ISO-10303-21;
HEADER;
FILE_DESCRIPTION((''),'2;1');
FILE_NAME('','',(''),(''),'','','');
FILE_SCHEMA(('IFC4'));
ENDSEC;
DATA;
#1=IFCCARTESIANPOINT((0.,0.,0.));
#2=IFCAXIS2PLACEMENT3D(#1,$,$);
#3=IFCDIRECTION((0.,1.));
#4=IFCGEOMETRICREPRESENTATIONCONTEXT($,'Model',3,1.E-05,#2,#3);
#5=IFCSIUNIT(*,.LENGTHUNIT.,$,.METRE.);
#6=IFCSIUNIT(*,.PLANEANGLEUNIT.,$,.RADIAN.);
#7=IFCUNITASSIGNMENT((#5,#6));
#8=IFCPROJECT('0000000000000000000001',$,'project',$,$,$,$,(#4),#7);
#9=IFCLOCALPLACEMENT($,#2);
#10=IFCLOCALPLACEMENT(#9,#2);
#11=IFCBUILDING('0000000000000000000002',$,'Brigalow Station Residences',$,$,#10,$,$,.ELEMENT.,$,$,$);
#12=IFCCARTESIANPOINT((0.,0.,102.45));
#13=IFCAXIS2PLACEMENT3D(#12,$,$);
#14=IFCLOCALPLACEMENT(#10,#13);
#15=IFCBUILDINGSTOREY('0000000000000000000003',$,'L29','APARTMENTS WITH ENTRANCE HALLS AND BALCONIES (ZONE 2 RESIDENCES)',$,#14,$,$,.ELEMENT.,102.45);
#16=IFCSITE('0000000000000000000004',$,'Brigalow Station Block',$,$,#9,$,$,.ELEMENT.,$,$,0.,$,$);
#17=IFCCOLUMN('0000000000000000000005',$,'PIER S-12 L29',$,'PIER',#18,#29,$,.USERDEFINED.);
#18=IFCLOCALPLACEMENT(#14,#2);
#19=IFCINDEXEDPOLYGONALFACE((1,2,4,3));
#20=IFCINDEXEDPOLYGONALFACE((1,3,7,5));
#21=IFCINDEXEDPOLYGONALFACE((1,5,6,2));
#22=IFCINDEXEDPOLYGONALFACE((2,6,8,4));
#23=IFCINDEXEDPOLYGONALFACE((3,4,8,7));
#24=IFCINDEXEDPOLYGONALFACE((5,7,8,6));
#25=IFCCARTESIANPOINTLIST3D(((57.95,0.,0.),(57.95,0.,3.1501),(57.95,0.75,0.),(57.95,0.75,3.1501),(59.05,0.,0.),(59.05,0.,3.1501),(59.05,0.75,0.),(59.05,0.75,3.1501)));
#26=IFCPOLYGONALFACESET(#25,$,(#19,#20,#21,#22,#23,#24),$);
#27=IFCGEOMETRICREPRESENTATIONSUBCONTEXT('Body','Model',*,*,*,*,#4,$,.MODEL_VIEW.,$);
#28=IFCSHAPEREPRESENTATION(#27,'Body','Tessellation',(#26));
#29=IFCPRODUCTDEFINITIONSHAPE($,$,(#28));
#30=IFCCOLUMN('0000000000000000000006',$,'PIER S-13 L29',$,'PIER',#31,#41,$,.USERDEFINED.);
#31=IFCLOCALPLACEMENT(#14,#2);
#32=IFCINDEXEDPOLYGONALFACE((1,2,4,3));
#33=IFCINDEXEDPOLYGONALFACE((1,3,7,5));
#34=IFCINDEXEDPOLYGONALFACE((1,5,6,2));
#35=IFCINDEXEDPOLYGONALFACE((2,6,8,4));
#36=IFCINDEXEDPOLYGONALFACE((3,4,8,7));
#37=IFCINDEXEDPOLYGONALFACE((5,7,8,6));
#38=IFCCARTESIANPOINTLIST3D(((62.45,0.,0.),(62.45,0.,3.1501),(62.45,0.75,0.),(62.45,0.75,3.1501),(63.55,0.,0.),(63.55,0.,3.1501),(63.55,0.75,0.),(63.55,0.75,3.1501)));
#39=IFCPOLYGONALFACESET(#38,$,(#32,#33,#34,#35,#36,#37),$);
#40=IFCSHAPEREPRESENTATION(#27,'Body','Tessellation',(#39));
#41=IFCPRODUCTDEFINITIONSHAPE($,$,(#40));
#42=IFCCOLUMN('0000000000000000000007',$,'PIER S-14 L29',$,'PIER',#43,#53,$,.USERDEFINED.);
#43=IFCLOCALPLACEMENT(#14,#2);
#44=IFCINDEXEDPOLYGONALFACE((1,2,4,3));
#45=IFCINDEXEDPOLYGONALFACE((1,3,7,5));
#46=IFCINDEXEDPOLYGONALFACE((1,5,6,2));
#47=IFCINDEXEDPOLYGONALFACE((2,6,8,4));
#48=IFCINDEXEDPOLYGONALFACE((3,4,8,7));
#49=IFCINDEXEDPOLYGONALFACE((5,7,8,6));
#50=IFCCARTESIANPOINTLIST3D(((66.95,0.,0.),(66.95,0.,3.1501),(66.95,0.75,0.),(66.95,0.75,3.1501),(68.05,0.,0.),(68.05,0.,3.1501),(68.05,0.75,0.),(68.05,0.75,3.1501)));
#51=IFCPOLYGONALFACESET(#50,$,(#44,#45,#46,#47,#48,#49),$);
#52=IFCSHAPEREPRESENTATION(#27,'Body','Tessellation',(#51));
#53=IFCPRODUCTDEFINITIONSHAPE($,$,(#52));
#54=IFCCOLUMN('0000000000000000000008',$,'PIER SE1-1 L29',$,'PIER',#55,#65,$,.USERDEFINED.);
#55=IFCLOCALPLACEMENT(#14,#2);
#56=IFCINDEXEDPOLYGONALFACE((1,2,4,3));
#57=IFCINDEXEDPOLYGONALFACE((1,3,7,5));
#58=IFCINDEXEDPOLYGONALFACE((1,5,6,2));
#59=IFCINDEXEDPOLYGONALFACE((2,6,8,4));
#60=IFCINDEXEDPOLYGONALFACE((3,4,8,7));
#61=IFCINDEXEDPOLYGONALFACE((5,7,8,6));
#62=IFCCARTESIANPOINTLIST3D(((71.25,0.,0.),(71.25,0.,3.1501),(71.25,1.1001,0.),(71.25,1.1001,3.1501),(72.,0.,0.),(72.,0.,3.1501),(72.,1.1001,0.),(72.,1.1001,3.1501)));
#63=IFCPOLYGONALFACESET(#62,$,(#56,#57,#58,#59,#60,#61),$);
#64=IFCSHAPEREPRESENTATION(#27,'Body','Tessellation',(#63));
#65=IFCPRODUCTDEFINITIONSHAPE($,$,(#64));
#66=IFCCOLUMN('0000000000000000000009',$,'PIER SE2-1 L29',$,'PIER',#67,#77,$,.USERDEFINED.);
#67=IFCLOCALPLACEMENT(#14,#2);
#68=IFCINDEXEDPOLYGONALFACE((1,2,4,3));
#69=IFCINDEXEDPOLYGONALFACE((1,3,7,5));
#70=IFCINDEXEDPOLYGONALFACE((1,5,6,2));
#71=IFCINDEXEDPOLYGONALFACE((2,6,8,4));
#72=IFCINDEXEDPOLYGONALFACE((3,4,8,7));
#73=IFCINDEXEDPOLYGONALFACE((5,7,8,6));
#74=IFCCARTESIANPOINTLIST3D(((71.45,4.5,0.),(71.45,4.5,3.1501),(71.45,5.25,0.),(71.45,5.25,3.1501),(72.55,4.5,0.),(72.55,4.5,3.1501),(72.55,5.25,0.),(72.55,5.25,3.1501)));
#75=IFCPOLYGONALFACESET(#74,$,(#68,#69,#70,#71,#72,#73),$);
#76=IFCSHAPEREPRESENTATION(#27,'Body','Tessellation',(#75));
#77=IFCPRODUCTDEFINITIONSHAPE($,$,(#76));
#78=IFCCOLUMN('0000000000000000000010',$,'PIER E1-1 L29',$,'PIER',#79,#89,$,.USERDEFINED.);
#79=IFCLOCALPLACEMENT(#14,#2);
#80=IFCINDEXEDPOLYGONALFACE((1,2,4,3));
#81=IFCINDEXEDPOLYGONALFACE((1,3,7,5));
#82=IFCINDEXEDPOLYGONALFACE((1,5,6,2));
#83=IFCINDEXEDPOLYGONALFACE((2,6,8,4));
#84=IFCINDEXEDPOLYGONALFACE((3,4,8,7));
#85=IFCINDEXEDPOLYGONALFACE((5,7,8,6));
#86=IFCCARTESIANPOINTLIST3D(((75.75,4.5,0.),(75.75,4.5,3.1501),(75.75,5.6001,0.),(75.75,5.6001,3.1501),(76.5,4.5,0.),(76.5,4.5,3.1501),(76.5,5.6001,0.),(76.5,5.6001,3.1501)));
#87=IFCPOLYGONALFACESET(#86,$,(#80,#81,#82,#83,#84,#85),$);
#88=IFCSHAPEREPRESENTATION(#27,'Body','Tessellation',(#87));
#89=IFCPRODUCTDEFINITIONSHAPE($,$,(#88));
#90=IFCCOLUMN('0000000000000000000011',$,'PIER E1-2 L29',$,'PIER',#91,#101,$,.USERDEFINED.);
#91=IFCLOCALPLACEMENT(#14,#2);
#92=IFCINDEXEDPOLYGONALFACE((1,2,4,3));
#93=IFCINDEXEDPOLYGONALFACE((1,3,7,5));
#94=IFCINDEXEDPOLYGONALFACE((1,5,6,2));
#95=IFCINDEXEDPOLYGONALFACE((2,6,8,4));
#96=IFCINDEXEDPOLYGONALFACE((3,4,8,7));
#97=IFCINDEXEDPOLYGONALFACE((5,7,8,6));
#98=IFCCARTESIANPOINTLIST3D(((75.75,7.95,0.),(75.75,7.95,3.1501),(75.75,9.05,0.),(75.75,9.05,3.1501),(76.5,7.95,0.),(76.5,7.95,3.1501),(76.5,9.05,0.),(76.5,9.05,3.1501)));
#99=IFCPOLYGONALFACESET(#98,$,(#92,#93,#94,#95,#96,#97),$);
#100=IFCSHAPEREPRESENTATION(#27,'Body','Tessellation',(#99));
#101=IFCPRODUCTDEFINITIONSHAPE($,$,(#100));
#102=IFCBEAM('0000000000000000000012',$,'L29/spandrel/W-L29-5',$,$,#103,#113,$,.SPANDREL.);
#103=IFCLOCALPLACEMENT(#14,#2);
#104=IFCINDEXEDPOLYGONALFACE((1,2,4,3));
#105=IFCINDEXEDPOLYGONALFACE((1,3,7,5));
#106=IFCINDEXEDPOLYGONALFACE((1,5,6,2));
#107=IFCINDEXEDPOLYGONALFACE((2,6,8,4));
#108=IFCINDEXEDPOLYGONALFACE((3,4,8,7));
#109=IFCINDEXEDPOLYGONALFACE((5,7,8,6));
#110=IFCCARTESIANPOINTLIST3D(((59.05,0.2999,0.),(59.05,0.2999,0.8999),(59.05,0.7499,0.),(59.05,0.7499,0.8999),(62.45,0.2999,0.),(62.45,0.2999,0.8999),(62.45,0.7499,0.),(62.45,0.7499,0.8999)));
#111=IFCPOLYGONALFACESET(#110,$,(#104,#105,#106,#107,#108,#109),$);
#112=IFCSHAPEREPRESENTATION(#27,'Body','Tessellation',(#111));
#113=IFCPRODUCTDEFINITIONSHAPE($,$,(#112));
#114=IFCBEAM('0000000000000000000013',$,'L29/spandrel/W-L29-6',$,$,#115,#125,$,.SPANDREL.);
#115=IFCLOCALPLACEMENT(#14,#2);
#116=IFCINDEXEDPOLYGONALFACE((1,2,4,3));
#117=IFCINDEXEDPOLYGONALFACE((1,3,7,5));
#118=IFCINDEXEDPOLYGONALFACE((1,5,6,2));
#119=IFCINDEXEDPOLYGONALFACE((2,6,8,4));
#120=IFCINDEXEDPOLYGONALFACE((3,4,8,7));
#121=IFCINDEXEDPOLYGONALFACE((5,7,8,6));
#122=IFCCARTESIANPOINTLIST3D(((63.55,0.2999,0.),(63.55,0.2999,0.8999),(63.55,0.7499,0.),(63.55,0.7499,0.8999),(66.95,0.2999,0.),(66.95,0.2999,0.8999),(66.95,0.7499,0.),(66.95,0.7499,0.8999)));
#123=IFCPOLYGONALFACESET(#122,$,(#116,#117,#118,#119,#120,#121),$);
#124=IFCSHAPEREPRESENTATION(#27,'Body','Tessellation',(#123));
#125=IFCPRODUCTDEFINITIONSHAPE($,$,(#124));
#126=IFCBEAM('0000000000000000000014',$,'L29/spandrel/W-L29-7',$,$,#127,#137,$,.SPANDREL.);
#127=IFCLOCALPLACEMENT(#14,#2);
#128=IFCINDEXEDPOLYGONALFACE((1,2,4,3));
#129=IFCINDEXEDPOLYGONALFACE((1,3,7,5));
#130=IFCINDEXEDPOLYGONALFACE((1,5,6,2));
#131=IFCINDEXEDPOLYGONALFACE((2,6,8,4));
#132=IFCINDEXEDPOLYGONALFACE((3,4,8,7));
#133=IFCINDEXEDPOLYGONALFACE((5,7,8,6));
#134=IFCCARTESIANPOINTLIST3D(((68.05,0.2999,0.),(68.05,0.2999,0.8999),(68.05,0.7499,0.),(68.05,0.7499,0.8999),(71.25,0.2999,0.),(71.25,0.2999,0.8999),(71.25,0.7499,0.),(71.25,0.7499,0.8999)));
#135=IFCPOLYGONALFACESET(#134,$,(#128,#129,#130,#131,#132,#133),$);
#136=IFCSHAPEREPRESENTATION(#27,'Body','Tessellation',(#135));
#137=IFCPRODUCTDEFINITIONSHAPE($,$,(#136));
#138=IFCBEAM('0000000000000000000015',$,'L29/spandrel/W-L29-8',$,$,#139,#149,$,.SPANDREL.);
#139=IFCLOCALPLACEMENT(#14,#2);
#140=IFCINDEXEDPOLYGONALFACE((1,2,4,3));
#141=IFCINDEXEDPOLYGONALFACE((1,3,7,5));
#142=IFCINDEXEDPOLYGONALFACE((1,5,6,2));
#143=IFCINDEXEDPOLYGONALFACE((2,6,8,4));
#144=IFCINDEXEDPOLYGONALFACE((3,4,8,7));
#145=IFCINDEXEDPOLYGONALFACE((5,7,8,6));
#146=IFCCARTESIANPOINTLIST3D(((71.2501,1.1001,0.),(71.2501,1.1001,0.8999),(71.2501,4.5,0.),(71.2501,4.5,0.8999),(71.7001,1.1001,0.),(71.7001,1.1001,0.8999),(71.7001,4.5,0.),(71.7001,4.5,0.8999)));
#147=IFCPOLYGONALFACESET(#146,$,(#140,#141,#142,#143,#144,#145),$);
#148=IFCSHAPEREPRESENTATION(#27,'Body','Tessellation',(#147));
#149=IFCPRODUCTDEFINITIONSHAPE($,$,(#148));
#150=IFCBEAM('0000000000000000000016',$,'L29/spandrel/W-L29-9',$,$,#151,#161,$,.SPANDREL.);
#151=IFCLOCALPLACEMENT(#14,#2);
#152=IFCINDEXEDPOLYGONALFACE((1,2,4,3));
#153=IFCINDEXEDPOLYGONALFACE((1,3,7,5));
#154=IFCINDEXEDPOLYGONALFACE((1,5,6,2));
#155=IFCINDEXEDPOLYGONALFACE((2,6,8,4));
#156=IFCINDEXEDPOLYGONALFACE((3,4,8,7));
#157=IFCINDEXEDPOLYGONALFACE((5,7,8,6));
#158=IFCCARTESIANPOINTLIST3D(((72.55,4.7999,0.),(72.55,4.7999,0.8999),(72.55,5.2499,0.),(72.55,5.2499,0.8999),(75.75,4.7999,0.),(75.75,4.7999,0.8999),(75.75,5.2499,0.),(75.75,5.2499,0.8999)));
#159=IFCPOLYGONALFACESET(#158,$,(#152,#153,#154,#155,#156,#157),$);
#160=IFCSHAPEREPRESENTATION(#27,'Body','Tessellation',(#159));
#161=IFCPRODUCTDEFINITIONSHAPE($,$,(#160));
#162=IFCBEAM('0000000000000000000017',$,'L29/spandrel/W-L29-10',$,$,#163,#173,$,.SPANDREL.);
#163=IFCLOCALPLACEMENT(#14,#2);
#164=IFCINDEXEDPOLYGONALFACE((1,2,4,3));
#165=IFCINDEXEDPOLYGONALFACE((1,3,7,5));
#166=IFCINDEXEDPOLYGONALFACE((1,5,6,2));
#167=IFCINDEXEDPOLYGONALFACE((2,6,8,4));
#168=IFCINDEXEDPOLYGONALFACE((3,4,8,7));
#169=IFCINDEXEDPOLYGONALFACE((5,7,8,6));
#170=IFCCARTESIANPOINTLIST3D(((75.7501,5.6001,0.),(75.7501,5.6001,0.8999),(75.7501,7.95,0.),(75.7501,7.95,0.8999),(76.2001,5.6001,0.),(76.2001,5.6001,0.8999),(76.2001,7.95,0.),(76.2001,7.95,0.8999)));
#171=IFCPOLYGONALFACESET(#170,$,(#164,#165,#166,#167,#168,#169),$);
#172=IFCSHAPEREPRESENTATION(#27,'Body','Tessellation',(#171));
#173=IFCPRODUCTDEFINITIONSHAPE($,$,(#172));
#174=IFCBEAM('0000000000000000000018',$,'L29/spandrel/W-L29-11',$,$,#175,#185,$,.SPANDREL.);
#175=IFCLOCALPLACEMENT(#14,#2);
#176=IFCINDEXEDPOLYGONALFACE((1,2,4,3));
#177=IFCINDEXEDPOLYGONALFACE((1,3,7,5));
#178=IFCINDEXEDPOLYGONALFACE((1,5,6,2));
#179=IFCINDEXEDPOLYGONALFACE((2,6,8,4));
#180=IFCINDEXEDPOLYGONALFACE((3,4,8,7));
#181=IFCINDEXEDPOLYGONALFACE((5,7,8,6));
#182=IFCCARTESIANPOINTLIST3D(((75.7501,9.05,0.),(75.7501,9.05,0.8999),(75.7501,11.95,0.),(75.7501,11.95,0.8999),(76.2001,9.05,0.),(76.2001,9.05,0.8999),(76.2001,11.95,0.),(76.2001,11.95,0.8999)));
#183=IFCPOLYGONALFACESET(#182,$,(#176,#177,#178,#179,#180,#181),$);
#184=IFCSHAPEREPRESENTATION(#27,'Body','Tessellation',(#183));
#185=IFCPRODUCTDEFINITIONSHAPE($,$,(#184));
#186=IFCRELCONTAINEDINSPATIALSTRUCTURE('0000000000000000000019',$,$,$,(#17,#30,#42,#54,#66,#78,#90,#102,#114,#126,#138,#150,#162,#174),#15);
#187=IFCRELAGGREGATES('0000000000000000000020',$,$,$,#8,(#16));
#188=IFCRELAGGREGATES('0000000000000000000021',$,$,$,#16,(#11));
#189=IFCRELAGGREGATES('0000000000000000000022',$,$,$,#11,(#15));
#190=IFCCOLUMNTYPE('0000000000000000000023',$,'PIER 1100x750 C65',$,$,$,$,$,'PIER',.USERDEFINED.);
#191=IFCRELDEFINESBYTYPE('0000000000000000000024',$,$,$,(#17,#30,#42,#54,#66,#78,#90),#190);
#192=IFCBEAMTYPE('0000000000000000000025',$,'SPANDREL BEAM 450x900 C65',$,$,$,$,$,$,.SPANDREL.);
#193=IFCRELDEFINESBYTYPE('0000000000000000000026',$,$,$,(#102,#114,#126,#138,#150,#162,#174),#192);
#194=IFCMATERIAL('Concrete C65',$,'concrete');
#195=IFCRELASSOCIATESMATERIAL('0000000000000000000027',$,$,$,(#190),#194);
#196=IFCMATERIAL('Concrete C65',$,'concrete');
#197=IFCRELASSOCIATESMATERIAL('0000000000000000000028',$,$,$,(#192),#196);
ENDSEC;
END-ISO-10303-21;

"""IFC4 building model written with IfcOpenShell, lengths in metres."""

from ifc_helpers import new_model, si_unit, direction, frame, origin, origin_2d, place, context, subcontext, project, spatial, rectangle, extrude, material, material_profile, profile_set, type_object, element, save


model = new_model("IFC4")

# Units and contexts
model_context = context("Model", 3, precision=1e-05, world=origin(), true_north=direction((0.0, 1.0)))
body_context = subcontext(model_context, "Body", "Model", "MODEL_VIEW")
ifc_project = project(units=[si_unit("LENGTHUNIT", "METRE"), si_unit("PLANEANGLEUNIT", "RADIAN")], contexts=[model_context])

# Site, building, storey
site_placement = place(None, origin())
site = spatial("IfcSite", under=ifc_project, at=site_placement, Name="Brigalow Station Block", CompositionType="ELEMENT", RefElevation=0.0)
building_placement = place(site_placement, origin())
building = spatial("IfcBuilding", under=site, at=building_placement, Name="Brigalow Station Residences", CompositionType="ELEMENT")
storey_placement = place(building_placement, frame((0.0, 0.0, 102.45)))
storey = spatial("IfcBuildingStorey", under=building, at=storey_placement, Name="L29", Description="APARTMENTS WITH ENTRANCE HALLS AND BALCONIES (ZONE 2 RESIDENCES)", CompositionType="ELEMENT", Elevation=102.45)

# Columns
ifc_material_1 = material(Name="Concrete C65", Category="concrete")
ifc_material_profile_1 = material_profile(ifc_material_1, rectangle(XDim=1.1001, YDim=0.75, at=origin_2d()), Name="RC1100x750")
ifc_profile_set_1 = profile_set([ifc_material_profile_1], Name="Concrete C65")
column_type = type_object("IfcColumnType", Name="PIER 1100x750 C65", ElementType="PIER", PredefinedType="USERDEFINED", material=ifc_profile_set_1)
for number, where, z_axis, x_axis, name in (
    (1, (58.5, 0.375, 0.0), (0.0, 0.0, 1.0), (1.0, 0.0, 0.0), "PIER S-12 L29"),
    (2, (63.0, 0.375, 0.0), (0.0, 0.0, 1.0), (1.0, 0.0, 0.0), "PIER S-13 L29"),
    (3, (67.5, 0.375, 0.0), (0.0, 0.0, 1.0), (1.0, 0.0, 0.0), "PIER S-14 L29"),
    (4, (71.625, 0.55, 0.0), (0.0, 0.0, 1.0), (0.0, 1.0, 0.0), "PIER SE1-1 L29"),
    (5, (72.0, 4.875, 0.0), (0.0, 0.0, 1.0), (1.0, 0.0, 0.0), "PIER SE2-1 L29"),
    (6, (76.125, 5.05, 0.0), (0.0, 0.0, 1.0), (0.0, 1.0, 0.0), "PIER E1-1 L29"),
    (7, (76.125, 8.5, 0.0), (0.0, 0.0, 1.0), (0.0, 1.0, 0.0), "PIER E1-2 L29"),
):
    element("IfcColumn", number, at=place(storey_placement, frame(where, z_axis=z_axis, x_axis=x_axis)), inside=storey, type_object=column_type, Name=name, ObjectType="PIER", PredefinedType="USERDEFINED", context=body_context, shape_type="SweptSolid", body=[
        extrude(rectangle(XDim=1.1001, YDim=0.75, at=origin_2d()), origin(), (0.0, 0.0, 1.0), 3.1501),
    ])

# Beams
ifc_material_2 = material(Name="Concrete C65", Category="concrete")
ifc_material_profile_2 = material_profile(ifc_material_2, rectangle(XDim=0.45, YDim=0.8999, at=origin_2d()), Name="RC450x900")
ifc_profile_set_2 = profile_set([ifc_material_profile_2], Name="Concrete C65")
beam_type = type_object("IfcBeamType", Name="SPANDREL BEAM 450x900 C65", PredefinedType="SPANDREL", material=ifc_profile_set_2)
for number, where, z_axis, x_axis, name in (
    (8, (59.05, 0.5249, 0.45), (1.0, 0.0, 0.0), (0.0, 1.0, 0.0), "L29/spandrel/W-L29-5"),
    (9, (63.55, 0.5249, 0.45), (1.0, 0.0, 0.0), (0.0, 1.0, 0.0), "L29/spandrel/W-L29-6"),
):
    element("IfcBeam", number, at=place(storey_placement, frame(where, z_axis=z_axis, x_axis=x_axis)), inside=storey, type_object=beam_type, Name=name, PredefinedType="SPANDREL", context=body_context, shape_type="SweptSolid", body=[
        extrude(rectangle(XDim=0.45, YDim=0.8999, at=origin_2d()), origin(), (0.0, 0.0, 1.0), 3.3999),
    ])
beam_1_placement = place(storey_placement, frame((68.05, 0.5249, 0.45), z_axis=(1.0, 0.0, 0.0), x_axis=(0.0, 1.0, 0.0)))
element("IfcBeam", 10, at=beam_1_placement, inside=storey, type_object=beam_type, Name="L29/spandrel/W-L29-7", PredefinedType="SPANDREL", context=body_context, shape_type="SweptSolid", body=[
    extrude(rectangle(XDim=0.45, YDim=0.8999, at=origin_2d()), origin(), (0.0, 0.0, 1.0), 3.2),
])
beam_2_placement = place(storey_placement, frame((71.4751, 1.1001, 0.45), z_axis=(0.0, 1.0, 0.0), x_axis=(-1.0, 0.0, 0.0)))
element("IfcBeam", 11, at=beam_2_placement, inside=storey, type_object=beam_type, Name="L29/spandrel/W-L29-8", PredefinedType="SPANDREL", context=body_context, shape_type="SweptSolid", body=[
    extrude(rectangle(XDim=0.45, YDim=0.8999, at=origin_2d()), origin(), (0.0, 0.0, 1.0), 3.3999),
])
beam_3_placement = place(storey_placement, frame((72.55, 5.0249, 0.45), z_axis=(1.0, 0.0, 0.0), x_axis=(0.0, 1.0, 0.0)))
element("IfcBeam", 12, at=beam_3_placement, inside=storey, type_object=beam_type, Name="L29/spandrel/W-L29-9", PredefinedType="SPANDREL", context=body_context, shape_type="SweptSolid", body=[
    extrude(rectangle(XDim=0.45, YDim=0.8999, at=origin_2d()), origin(), (0.0, 0.0, 1.0), 3.2),
])
beam_4_placement = place(storey_placement, frame((75.9751, 5.6001, 0.45), z_axis=(0.0, 1.0, 0.0), x_axis=(-1.0, 0.0, 0.0)))
element("IfcBeam", 13, at=beam_4_placement, inside=storey, type_object=beam_type, Name="L29/spandrel/W-L29-10", PredefinedType="SPANDREL", context=body_context, shape_type="SweptSolid", body=[
    extrude(rectangle(XDim=0.45, YDim=0.8999, at=origin_2d()), origin(), (0.0, 0.0, 1.0), 2.3499),
])
beam_5_placement = place(storey_placement, frame((75.9751, 9.05, 0.45), z_axis=(0.0, 1.0, 0.0), x_axis=(-1.0, 0.0, 0.0)))
element("IfcBeam", 14, at=beam_5_placement, inside=storey, type_object=beam_type, Name="L29/spandrel/W-L29-11", PredefinedType="SPANDREL", context=body_context, shape_type="SweptSolid", body=[
    extrude(rectangle(XDim=0.45, YDim=0.8999, at=origin_2d()), origin(), (0.0, 0.0, 1.0), 2.8999),
])

save(model, "model.ifc")
